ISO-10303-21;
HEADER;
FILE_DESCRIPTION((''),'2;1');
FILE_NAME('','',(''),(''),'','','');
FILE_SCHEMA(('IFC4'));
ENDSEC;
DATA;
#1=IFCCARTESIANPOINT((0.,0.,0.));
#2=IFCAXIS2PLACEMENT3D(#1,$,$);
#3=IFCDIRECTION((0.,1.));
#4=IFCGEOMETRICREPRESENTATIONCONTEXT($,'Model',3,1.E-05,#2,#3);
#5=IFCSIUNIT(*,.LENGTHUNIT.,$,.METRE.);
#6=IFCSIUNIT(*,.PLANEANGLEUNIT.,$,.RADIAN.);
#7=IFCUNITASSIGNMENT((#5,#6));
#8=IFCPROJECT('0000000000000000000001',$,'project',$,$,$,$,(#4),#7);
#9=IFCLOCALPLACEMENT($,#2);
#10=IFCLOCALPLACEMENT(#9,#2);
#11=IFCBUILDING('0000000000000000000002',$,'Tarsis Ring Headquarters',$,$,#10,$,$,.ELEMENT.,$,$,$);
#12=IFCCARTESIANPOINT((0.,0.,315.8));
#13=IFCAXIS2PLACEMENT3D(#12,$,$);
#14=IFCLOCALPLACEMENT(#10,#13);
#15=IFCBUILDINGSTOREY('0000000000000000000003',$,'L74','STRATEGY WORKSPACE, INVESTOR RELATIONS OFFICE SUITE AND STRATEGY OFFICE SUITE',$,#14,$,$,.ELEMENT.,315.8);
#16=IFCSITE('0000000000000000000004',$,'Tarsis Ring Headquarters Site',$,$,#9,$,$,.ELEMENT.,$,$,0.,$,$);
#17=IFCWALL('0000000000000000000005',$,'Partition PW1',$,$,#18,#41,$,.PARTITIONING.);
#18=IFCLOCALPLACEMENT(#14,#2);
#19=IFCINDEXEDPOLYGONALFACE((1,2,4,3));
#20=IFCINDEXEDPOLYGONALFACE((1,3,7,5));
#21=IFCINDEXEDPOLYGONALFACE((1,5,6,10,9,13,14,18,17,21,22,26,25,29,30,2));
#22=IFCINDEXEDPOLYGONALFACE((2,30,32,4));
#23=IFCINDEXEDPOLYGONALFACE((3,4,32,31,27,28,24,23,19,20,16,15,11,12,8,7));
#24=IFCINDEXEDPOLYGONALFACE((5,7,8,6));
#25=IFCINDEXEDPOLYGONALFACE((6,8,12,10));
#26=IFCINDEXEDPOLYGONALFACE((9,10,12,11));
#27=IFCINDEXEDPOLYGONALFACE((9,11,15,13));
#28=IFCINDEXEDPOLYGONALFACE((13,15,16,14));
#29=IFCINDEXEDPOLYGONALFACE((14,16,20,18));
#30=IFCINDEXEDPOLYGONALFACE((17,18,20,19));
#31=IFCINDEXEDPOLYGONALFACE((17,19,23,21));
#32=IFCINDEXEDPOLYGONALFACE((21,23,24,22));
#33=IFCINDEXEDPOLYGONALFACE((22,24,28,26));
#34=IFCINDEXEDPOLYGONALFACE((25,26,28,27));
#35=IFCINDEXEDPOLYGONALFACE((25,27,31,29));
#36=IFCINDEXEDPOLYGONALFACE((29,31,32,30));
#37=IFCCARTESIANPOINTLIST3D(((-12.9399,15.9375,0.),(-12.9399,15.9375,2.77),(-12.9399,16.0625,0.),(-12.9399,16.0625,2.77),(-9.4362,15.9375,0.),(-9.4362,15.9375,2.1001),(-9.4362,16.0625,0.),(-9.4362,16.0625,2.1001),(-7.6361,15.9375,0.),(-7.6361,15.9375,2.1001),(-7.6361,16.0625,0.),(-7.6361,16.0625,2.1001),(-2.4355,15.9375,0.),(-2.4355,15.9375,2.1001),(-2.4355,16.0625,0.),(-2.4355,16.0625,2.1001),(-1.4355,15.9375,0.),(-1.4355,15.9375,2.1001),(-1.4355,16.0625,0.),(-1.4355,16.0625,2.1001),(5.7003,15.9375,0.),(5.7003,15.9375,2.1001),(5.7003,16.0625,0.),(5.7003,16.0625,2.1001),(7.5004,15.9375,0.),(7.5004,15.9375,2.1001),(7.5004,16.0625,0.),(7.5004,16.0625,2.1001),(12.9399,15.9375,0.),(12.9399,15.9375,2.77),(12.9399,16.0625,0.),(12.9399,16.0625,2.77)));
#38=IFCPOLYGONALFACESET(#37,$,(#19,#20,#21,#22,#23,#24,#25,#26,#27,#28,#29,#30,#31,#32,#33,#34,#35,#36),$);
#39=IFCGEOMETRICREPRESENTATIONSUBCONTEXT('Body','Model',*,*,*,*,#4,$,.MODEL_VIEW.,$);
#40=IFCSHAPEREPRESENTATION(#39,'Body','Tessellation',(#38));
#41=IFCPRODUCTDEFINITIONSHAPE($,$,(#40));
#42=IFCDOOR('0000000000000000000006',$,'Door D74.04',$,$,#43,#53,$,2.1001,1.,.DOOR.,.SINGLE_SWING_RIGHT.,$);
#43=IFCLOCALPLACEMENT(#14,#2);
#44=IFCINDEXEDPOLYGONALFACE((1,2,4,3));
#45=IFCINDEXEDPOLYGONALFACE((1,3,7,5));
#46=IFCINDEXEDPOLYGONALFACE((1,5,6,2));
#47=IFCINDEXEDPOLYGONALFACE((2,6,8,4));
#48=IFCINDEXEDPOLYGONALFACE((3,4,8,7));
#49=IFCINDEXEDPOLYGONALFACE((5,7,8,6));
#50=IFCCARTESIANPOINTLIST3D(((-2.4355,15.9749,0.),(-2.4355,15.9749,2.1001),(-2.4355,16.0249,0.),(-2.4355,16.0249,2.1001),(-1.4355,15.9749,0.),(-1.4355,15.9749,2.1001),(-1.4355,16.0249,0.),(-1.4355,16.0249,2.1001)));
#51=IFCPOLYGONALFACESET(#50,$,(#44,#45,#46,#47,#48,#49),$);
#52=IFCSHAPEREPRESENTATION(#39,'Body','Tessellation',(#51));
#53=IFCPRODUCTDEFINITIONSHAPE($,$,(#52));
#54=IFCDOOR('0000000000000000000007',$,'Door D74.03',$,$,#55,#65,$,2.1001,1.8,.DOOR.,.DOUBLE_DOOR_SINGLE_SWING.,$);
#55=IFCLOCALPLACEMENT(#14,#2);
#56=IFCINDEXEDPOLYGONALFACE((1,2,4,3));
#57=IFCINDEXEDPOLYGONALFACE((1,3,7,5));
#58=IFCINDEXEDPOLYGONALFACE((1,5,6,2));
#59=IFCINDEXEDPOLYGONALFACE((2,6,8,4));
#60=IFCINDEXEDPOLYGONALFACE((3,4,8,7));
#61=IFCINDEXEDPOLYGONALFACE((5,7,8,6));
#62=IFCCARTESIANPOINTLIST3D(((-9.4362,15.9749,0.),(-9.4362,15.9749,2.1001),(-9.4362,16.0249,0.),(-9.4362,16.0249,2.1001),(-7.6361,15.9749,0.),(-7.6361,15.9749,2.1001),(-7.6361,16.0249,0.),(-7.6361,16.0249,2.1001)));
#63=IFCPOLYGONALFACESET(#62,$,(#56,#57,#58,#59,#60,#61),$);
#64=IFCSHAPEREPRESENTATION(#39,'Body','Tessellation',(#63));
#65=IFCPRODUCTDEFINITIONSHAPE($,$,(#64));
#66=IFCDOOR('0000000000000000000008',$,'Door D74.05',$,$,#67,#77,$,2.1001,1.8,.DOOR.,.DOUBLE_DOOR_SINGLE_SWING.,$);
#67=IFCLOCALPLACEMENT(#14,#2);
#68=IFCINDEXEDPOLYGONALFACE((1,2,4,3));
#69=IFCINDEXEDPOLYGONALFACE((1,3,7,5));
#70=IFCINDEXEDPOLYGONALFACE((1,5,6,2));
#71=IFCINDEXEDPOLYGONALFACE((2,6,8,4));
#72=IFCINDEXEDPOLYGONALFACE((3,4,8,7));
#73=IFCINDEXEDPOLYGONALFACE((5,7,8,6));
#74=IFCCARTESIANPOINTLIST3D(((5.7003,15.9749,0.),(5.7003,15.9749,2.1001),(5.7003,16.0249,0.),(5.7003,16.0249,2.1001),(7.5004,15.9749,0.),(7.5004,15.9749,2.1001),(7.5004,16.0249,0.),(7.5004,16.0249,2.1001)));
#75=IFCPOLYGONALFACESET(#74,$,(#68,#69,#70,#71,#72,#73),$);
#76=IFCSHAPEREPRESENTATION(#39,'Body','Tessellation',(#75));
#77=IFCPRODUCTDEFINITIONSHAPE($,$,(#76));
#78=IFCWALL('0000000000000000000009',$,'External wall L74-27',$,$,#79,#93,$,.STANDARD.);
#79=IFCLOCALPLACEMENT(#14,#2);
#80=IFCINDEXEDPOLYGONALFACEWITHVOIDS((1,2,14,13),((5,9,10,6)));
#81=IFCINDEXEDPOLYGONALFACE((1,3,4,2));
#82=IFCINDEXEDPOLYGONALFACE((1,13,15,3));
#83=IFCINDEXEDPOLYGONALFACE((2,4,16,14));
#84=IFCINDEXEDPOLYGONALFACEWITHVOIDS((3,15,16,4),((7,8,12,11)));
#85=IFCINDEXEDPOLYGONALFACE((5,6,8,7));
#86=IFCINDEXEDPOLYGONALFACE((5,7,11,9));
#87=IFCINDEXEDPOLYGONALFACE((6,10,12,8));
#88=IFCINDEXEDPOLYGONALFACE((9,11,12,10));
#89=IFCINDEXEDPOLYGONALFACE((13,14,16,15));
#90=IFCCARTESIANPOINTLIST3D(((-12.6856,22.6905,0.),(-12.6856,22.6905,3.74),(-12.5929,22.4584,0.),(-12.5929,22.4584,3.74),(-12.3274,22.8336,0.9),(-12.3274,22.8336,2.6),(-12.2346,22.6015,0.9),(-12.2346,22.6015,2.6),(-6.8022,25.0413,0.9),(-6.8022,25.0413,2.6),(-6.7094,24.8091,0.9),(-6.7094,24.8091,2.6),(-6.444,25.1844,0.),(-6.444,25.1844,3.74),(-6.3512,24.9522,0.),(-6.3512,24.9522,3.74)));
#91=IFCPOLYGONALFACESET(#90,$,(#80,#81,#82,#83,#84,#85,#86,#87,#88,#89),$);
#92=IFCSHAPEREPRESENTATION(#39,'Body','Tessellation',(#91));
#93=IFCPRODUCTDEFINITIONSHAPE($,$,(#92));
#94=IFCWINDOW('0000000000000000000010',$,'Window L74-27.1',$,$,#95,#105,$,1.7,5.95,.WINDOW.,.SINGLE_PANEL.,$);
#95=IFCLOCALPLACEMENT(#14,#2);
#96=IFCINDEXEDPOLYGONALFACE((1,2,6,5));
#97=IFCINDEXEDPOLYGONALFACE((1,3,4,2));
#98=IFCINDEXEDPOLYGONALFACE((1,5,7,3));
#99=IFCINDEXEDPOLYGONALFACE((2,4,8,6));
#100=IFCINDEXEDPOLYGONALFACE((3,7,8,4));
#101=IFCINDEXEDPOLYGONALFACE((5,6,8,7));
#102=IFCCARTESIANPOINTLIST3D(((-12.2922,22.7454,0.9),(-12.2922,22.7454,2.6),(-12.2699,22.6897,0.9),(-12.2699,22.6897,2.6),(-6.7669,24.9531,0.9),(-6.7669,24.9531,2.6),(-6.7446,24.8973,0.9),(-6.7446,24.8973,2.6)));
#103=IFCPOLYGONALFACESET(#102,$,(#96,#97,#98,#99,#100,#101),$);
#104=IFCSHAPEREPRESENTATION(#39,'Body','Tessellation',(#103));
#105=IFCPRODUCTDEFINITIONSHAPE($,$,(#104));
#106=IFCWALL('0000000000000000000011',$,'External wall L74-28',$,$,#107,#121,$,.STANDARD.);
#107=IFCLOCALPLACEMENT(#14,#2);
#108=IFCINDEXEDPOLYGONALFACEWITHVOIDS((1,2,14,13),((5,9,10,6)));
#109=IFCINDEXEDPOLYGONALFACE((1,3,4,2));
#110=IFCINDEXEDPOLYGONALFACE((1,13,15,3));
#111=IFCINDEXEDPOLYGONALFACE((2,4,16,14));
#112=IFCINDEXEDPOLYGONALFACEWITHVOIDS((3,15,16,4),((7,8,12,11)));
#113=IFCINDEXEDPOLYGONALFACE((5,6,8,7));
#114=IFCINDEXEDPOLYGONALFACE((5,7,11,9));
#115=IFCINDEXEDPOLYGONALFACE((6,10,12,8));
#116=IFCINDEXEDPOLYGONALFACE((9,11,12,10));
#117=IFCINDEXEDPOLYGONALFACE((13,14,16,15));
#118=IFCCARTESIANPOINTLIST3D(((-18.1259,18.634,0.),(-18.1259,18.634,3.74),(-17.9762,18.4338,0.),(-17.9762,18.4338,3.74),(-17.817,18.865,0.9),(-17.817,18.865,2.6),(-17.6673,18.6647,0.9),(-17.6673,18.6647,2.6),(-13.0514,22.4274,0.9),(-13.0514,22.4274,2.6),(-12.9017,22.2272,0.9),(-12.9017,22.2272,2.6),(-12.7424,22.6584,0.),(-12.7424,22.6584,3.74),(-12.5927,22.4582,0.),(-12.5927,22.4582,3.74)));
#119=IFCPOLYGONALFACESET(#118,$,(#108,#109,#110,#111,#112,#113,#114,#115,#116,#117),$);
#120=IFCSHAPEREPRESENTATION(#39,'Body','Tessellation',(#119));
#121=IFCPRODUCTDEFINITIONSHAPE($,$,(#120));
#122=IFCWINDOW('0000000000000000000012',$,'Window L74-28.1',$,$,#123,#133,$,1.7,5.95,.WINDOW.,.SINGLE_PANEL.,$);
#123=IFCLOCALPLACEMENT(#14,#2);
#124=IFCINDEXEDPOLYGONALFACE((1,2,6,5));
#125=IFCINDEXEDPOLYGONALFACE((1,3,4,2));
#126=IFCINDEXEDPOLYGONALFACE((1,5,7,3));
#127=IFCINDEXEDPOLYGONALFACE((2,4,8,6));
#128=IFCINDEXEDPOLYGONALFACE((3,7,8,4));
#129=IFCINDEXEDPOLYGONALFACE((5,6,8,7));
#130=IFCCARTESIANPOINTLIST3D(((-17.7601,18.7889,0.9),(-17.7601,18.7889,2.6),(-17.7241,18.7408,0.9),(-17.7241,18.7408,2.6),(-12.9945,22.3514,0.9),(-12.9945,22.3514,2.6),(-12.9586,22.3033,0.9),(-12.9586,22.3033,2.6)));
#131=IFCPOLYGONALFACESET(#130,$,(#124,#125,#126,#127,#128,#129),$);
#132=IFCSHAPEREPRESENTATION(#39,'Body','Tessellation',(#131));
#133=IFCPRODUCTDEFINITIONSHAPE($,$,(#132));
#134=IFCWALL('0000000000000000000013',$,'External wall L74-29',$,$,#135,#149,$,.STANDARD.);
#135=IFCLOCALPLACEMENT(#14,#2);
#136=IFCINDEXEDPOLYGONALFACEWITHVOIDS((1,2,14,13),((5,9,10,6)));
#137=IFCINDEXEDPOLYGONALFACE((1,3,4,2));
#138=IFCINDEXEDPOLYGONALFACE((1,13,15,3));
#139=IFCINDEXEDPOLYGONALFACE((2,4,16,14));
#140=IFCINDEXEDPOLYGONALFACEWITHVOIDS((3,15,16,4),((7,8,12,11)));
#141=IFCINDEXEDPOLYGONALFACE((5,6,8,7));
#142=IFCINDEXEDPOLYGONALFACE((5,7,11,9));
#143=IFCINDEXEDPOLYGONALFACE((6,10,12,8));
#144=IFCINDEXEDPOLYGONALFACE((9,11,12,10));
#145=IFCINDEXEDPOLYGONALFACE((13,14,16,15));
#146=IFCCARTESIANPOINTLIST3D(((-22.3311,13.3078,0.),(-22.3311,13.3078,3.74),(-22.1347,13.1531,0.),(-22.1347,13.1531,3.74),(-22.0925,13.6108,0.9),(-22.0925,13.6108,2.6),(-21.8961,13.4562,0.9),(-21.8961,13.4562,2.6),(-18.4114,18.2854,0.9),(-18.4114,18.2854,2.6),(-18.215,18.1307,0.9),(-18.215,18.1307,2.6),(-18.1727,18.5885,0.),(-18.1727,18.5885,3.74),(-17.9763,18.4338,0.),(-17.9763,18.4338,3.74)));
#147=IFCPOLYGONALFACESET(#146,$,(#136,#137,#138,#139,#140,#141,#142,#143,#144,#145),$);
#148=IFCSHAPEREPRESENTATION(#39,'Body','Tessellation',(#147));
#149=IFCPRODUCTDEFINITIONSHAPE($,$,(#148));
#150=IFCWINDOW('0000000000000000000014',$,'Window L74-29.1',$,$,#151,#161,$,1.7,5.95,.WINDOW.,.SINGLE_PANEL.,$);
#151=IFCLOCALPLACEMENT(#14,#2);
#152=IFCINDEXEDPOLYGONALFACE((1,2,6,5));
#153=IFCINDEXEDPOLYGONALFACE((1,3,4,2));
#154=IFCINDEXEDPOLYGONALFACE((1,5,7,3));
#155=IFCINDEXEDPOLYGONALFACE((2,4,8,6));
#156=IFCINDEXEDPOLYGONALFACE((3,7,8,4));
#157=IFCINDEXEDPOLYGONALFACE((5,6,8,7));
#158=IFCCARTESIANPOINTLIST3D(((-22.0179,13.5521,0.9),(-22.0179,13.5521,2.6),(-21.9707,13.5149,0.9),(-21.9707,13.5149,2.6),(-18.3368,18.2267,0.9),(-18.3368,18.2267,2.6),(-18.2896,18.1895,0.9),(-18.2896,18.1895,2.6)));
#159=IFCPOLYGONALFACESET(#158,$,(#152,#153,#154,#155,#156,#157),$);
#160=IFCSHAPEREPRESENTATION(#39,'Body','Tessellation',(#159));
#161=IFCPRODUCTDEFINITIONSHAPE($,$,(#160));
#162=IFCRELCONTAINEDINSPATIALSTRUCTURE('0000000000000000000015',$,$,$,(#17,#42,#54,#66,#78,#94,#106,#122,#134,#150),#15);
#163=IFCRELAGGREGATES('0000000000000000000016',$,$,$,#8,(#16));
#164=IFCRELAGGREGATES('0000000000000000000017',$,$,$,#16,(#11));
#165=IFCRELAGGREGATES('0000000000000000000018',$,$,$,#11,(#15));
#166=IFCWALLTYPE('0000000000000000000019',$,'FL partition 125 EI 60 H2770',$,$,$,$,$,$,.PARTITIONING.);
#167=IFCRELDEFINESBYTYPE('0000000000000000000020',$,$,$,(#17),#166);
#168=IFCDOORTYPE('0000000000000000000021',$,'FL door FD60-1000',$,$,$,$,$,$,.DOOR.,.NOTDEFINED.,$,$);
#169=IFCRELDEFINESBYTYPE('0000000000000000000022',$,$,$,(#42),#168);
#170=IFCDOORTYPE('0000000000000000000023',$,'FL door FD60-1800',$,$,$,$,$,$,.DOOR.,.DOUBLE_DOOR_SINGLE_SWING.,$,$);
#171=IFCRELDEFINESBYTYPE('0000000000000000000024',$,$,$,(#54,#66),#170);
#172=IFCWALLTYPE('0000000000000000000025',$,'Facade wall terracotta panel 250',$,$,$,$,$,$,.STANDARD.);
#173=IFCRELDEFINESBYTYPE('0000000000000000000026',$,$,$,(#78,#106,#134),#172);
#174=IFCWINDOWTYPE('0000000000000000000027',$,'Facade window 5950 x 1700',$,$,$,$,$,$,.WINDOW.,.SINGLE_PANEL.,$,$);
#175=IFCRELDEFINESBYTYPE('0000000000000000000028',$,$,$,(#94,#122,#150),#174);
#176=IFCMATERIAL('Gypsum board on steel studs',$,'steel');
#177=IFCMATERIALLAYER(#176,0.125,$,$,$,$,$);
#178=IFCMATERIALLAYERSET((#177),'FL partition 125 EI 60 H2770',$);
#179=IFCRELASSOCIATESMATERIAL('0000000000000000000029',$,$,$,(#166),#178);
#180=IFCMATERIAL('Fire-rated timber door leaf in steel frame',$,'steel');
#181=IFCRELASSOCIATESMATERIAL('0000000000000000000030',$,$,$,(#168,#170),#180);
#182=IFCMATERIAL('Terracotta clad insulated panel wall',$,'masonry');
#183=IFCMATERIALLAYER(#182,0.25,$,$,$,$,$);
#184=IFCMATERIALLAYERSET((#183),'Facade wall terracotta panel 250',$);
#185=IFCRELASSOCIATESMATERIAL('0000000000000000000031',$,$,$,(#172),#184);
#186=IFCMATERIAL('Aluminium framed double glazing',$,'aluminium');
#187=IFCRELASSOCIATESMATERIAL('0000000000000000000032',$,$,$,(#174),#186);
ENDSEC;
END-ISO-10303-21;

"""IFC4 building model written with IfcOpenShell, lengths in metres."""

from ifc_helpers import new_model, si_unit, direction, frame, frame_2d, origin, place, context, subcontext, project, spatial, rectangle, extrude, material, layer, layer_set, type_object, element, fill, save


model = new_model("IFC4")

# Units and contexts
model_context = context("Model", 3, precision=1e-05, world=origin(), true_north=direction((0.0, 1.0)))
body_context = subcontext(model_context, "Body", "Model", "MODEL_VIEW")
ifc_project = project(units=[si_unit("LENGTHUNIT", "METRE"), si_unit("PLANEANGLEUNIT", "RADIAN")], contexts=[model_context])

# Site, building, storey
site_placement = place(None, origin())
site = spatial("IfcSite", under=ifc_project, at=site_placement, Name="Tarsis Ring Headquarters Site", CompositionType="ELEMENT", RefElevation=0.0)
building_placement = place(site_placement, origin())
building = spatial("IfcBuilding", under=site, at=building_placement, Name="Tarsis Ring Headquarters", CompositionType="ELEMENT")
storey_placement = place(building_placement, frame((0.0, 0.0, 315.8)))
storey = spatial("IfcBuildingStorey", under=building, at=storey_placement, Name="L74", Description="STRATEGY WORKSPACE, INVESTOR RELATIONS OFFICE SUITE AND STRATEGY OFFICE SUITE", CompositionType="ELEMENT", Elevation=315.8)

# Shared definitions
ifc_material_1 = material(Name="Gypsum board on steel studs", Category="steel")

# Wall, openings, doors
ifc_layer_1 = layer(ifc_material_1, 0.125)
ifc_layer_set_1 = layer_set([ifc_layer_1], Name="FL partition 125 EI 60 H2770")
wall_type_1 = type_object("IfcWallType", Name="FL partition 125 EI 60 H2770", PredefinedType="PARTITIONING", material=ifc_layer_set_1)
wall_1_placement = place(storey_placement, frame((-12.9399, 16.0, 0.0), z_axis=(0.0, 0.0, 1.0), x_axis=(1.0, 0.0, 0.0)))
wall_1 = element("IfcWall", 1, at=wall_1_placement, inside=storey, type_object=wall_type_1, Name="Partition PW1", PredefinedType="PARTITIONING", context=body_context, shape_type="SweptSolid", body=[
    extrude(rectangle(XDim=25.8799, YDim=0.125, at=frame_2d((12.9399, 0.0))), origin(), (0.0, 0.0, 1.0), 2.77),
])
opening_1_placement = place(wall_1_placement, frame((3.5039, 0.0, 0.0)))
opening_1 = element("IfcOpeningElement", 2, at=opening_1_placement, cuts=wall_1, PredefinedType="OPENING", context=body_context, shape_type="SweptSolid", body=[
    extrude(rectangle(XDim=1.8, YDim=2.1001, at=frame_2d((0.8999, 1.05))), frame((0.0, 0.0725, 0.0), z_axis=(0.0, -1.0, 0.0), x_axis=(1.0, 0.0, 0.0)), (0.0, 0.0, 1.0), 0.145),
])
opening_2_placement = place(wall_1_placement, frame((10.5044, 0.0, 0.0)))
opening_2 = element("IfcOpeningElement", 3, at=opening_2_placement, cuts=wall_1, PredefinedType="OPENING", context=body_context, shape_type="SweptSolid", body=[
    extrude(rectangle(XDim=1.0, YDim=2.1001, at=frame_2d((0.5, 1.05))), frame((0.0, 0.0725, 0.0), z_axis=(0.0, -1.0, 0.0), x_axis=(1.0, 0.0, 0.0)), (0.0, 0.0, 1.0), 0.145),
])
opening_3_placement = place(wall_1_placement, frame((18.6404, 0.0, 0.0)))
opening_3 = element("IfcOpeningElement", 4, at=opening_3_placement, cuts=wall_1, PredefinedType="OPENING", context=body_context, shape_type="SweptSolid", body=[
    extrude(rectangle(XDim=1.8, YDim=2.1001, at=frame_2d((0.8999, 1.05))), frame((0.0, 0.0725, 0.0), z_axis=(0.0, -1.0, 0.0), x_axis=(1.0, 0.0, 0.0)), (0.0, 0.0, 1.0), 0.145),
])
ifc_material_2 = material(Name="Fire-rated timber door leaf in steel frame", Category="steel")
door_type_1 = type_object("IfcDoorType", Name="FL door FD60-1000", OperationType="NOTDEFINED", PredefinedType="DOOR", material=ifc_material_2)
door_1_placement = place(opening_2_placement, origin())
door_1 = element("IfcDoor", 5, at=door_1_placement, inside=storey, type_object=door_type_1, Name="Door D74.04", OperationType="SINGLE_SWING_RIGHT", OverallHeight=2.1001, OverallWidth=1.0, PredefinedType="DOOR", context=body_context, shape_type="SweptSolid", body=[
    extrude(rectangle(XDim=1.0, YDim=2.1001, at=frame_2d((0.5, 1.05))), frame((0.0, 0.0249, 0.0), z_axis=(0.0, -1.0, 0.0), x_axis=(1.0, 0.0, 0.0)), (0.0, 0.0, 1.0), 0.05),
])
fill(opening_2, door_1)
door_type_2 = type_object("IfcDoorType", Name="FL door FD60-1800", OperationType="DOUBLE_DOOR_SINGLE_SWING", PredefinedType="DOOR", material=ifc_material_2)
door_2_placement = place(opening_1_placement, origin())
door_2 = element("IfcDoor", 6, at=door_2_placement, inside=storey, type_object=door_type_2, Name="Door D74.03", OperationType="DOUBLE_DOOR_SINGLE_SWING", OverallHeight=2.1001, OverallWidth=1.8, PredefinedType="DOOR", context=body_context, shape_type="SweptSolid", body=[
    extrude(rectangle(XDim=1.8, YDim=2.1001, at=frame_2d((0.8999, 1.05))), frame((0.0, 0.0249, 0.0), z_axis=(0.0, -1.0, 0.0), x_axis=(1.0, 0.0, 0.0)), (0.0, 0.0, 1.0), 0.05),
])
fill(opening_1, door_2)
door_3_placement = place(opening_3_placement, origin())
door_3 = element("IfcDoor", 7, at=door_3_placement, inside=storey, type_object=door_type_2, Name="Door D74.05", OperationType="DOUBLE_DOOR_SINGLE_SWING", OverallHeight=2.1001, OverallWidth=1.8, PredefinedType="DOOR", context=body_context, shape_type="SweptSolid", body=[
    extrude(rectangle(XDim=1.8, YDim=2.1001, at=frame_2d((0.8999, 1.05))), frame((0.0, 0.0249, 0.0), z_axis=(0.0, -1.0, 0.0), x_axis=(1.0, 0.0, 0.0)), (0.0, 0.0, 1.0), 0.05),
])
fill(opening_3, door_3)

# Walls, openings, windows
ifc_material_3 = material(Name="Terracotta clad insulated panel wall", Category="masonry")
ifc_layer_2 = layer(ifc_material_3, 0.25)
ifc_layer_set_2 = layer_set([ifc_layer_2], Name="Facade wall terracotta panel 250")
wall_type_2 = type_object("IfcWallType", Name="Facade wall terracotta panel 250", PredefinedType="STANDARD", material=ifc_layer_set_2)
wall_2_placement = place(storey_placement, frame((-6.3975, 25.0684, 0.0), z_axis=(0.0, 0.0, 1.0), x_axis=(-0.928619, -0.371034, 0.0)))
wall_2 = element("IfcWall", 8, at=wall_2_placement, inside=storey, type_object=wall_type_2, Name="External wall L74-27", PredefinedType="STANDARD", context=body_context, shape_type="SweptSolid", body=[
    extrude(rectangle(XDim=6.7214, YDim=0.25, at=frame_2d((3.3608, 0.0))), origin(), (0.0, 0.0, 1.0), 3.74),
])
opening_4_placement = place(wall_2_placement, frame((0.3857, 0.0, 0.8999)))
opening_4 = element("IfcOpeningElement", 9, at=opening_4_placement, cuts=wall_2, PredefinedType="OPENING", context=body_context, shape_type="SweptSolid", body=[
    extrude(rectangle(XDim=5.95, YDim=1.7, at=frame_2d((2.9751, 0.8501))), frame((0.0, 0.135, 0.0), z_axis=(0.0, -1.0, 0.0), x_axis=(1.0, 0.0, 0.0)), (0.0, 0.0, 1.0), 0.27),
])
ifc_material_4 = material(Name="Aluminium framed double glazing", Category="aluminium")
window_type = type_object("IfcWindowType", Name="Facade window 5950 x 1700", PartitioningType="SINGLE_PANEL", PredefinedType="WINDOW", material=ifc_material_4)
window_1_placement = place(opening_4_placement, origin())
window_1 = element("IfcWindow", 10, at=window_1_placement, inside=storey, type_object=window_type, Name="Window L74-27.1", OverallHeight=1.7, OverallWidth=5.95, PartitioningType="SINGLE_PANEL", PredefinedType="WINDOW", context=body_context, shape_type="SweptSolid", body=[
    extrude(rectangle(XDim=5.95, YDim=1.7, at=frame_2d((2.9751, 0.8501))), frame((0.0, 0.03, 0.0), z_axis=(0.0, -1.0, 0.0), x_axis=(1.0, 0.0, 0.0)), (0.0, 0.0, 1.0), 0.0601),
])
fill(opening_4, window_1)
wall_3_placement = place(storey_placement, frame((-12.6675, 22.5583, 0.0), z_axis=(0.0, 0.0, 1.0), x_axis=(-0.800945, -0.598738, 0.0)))
wall_3 = element("IfcWall", 11, at=wall_3_placement, inside=storey, type_object=wall_type_2, Name="External wall L74-28", PredefinedType="STANDARD", context=body_context, shape_type="SweptSolid", body=[
    extrude(rectangle(XDim=6.7214, YDim=0.25, at=frame_2d((3.3608, 0.0))), origin(), (0.0, 0.0, 1.0), 3.74),
])
opening_5_placement = place(wall_3_placement, frame((0.3857, 0.0, 0.8999)))
opening_5 = element("IfcOpeningElement", 12, at=opening_5_placement, cuts=wall_3, PredefinedType="OPENING", context=body_context, shape_type="SweptSolid", body=[
    extrude(rectangle(XDim=5.95, YDim=1.7, at=frame_2d((2.9751, 0.8501))), frame((0.0, 0.135, 0.0), z_axis=(0.0, -1.0, 0.0), x_axis=(1.0, 0.0, 0.0)), (0.0, 0.0, 1.0), 0.27),
])
window_2_placement = place(opening_5_placement, origin())
window_2 = element("IfcWindow", 13, at=window_2_placement, inside=storey, type_object=window_type, Name="Window L74-28.1", OverallHeight=1.7, OverallWidth=5.95, PartitioningType="SINGLE_PANEL", PredefinedType="WINDOW", context=body_context, shape_type="SweptSolid", body=[
    extrude(rectangle(XDim=5.95, YDim=1.7, at=frame_2d((2.9751, 0.8501))), frame((0.0, 0.03, 0.0), z_axis=(0.0, -1.0, 0.0), x_axis=(1.0, 0.0, 0.0)), (0.0, 0.0, 1.0), 0.0601),
])
fill(opening_5, window_2)
wall_4_placement = place(storey_placement, frame((-18.0745, 18.5112, 0.0), z_axis=(0.0, 0.0, 1.0), x_axis=(-0.618675, -0.785647, 0.0)))
wall_4 = element("IfcWall", 14, at=wall_4_placement, inside=storey, type_object=wall_type_2, Name="External wall L74-29", PredefinedType="STANDARD", context=body_context, shape_type="SweptSolid", body=[
    extrude(rectangle(XDim=6.7214, YDim=0.25, at=frame_2d((3.3608, 0.0))), origin(), (0.0, 0.0, 1.0), 3.74),
])
opening_6_placement = place(wall_4_placement, frame((0.3857, 0.0, 0.8999)))
opening_6 = element("IfcOpeningElement", 15, at=opening_6_placement, cuts=wall_4, PredefinedType="OPENING", context=body_context, shape_type="SweptSolid", body=[
    extrude(rectangle(XDim=5.95, YDim=1.7, at=frame_2d((2.9751, 0.8501))), frame((0.0, 0.135, 0.0), z_axis=(0.0, -1.0, 0.0), x_axis=(1.0, 0.0, 0.0)), (0.0, 0.0, 1.0), 0.27),
])
window_3_placement = place(opening_6_placement, origin())
window_3 = element("IfcWindow", 16, at=window_3_placement, inside=storey, type_object=window_type, Name="Window L74-29.1", OverallHeight=1.7, OverallWidth=5.95, PartitioningType="SINGLE_PANEL", PredefinedType="WINDOW", context=body_context, shape_type="SweptSolid", body=[
    extrude(rectangle(XDim=5.95, YDim=1.7, at=frame_2d((2.9751, 0.8501))), frame((0.0, 0.03, 0.0), z_axis=(0.0, -1.0, 0.0), x_axis=(1.0, 0.0, 0.0)), (0.0, 0.0, 1.0), 0.0601),
])
fill(opening_6, window_3)

save(model, "model.ifc")
